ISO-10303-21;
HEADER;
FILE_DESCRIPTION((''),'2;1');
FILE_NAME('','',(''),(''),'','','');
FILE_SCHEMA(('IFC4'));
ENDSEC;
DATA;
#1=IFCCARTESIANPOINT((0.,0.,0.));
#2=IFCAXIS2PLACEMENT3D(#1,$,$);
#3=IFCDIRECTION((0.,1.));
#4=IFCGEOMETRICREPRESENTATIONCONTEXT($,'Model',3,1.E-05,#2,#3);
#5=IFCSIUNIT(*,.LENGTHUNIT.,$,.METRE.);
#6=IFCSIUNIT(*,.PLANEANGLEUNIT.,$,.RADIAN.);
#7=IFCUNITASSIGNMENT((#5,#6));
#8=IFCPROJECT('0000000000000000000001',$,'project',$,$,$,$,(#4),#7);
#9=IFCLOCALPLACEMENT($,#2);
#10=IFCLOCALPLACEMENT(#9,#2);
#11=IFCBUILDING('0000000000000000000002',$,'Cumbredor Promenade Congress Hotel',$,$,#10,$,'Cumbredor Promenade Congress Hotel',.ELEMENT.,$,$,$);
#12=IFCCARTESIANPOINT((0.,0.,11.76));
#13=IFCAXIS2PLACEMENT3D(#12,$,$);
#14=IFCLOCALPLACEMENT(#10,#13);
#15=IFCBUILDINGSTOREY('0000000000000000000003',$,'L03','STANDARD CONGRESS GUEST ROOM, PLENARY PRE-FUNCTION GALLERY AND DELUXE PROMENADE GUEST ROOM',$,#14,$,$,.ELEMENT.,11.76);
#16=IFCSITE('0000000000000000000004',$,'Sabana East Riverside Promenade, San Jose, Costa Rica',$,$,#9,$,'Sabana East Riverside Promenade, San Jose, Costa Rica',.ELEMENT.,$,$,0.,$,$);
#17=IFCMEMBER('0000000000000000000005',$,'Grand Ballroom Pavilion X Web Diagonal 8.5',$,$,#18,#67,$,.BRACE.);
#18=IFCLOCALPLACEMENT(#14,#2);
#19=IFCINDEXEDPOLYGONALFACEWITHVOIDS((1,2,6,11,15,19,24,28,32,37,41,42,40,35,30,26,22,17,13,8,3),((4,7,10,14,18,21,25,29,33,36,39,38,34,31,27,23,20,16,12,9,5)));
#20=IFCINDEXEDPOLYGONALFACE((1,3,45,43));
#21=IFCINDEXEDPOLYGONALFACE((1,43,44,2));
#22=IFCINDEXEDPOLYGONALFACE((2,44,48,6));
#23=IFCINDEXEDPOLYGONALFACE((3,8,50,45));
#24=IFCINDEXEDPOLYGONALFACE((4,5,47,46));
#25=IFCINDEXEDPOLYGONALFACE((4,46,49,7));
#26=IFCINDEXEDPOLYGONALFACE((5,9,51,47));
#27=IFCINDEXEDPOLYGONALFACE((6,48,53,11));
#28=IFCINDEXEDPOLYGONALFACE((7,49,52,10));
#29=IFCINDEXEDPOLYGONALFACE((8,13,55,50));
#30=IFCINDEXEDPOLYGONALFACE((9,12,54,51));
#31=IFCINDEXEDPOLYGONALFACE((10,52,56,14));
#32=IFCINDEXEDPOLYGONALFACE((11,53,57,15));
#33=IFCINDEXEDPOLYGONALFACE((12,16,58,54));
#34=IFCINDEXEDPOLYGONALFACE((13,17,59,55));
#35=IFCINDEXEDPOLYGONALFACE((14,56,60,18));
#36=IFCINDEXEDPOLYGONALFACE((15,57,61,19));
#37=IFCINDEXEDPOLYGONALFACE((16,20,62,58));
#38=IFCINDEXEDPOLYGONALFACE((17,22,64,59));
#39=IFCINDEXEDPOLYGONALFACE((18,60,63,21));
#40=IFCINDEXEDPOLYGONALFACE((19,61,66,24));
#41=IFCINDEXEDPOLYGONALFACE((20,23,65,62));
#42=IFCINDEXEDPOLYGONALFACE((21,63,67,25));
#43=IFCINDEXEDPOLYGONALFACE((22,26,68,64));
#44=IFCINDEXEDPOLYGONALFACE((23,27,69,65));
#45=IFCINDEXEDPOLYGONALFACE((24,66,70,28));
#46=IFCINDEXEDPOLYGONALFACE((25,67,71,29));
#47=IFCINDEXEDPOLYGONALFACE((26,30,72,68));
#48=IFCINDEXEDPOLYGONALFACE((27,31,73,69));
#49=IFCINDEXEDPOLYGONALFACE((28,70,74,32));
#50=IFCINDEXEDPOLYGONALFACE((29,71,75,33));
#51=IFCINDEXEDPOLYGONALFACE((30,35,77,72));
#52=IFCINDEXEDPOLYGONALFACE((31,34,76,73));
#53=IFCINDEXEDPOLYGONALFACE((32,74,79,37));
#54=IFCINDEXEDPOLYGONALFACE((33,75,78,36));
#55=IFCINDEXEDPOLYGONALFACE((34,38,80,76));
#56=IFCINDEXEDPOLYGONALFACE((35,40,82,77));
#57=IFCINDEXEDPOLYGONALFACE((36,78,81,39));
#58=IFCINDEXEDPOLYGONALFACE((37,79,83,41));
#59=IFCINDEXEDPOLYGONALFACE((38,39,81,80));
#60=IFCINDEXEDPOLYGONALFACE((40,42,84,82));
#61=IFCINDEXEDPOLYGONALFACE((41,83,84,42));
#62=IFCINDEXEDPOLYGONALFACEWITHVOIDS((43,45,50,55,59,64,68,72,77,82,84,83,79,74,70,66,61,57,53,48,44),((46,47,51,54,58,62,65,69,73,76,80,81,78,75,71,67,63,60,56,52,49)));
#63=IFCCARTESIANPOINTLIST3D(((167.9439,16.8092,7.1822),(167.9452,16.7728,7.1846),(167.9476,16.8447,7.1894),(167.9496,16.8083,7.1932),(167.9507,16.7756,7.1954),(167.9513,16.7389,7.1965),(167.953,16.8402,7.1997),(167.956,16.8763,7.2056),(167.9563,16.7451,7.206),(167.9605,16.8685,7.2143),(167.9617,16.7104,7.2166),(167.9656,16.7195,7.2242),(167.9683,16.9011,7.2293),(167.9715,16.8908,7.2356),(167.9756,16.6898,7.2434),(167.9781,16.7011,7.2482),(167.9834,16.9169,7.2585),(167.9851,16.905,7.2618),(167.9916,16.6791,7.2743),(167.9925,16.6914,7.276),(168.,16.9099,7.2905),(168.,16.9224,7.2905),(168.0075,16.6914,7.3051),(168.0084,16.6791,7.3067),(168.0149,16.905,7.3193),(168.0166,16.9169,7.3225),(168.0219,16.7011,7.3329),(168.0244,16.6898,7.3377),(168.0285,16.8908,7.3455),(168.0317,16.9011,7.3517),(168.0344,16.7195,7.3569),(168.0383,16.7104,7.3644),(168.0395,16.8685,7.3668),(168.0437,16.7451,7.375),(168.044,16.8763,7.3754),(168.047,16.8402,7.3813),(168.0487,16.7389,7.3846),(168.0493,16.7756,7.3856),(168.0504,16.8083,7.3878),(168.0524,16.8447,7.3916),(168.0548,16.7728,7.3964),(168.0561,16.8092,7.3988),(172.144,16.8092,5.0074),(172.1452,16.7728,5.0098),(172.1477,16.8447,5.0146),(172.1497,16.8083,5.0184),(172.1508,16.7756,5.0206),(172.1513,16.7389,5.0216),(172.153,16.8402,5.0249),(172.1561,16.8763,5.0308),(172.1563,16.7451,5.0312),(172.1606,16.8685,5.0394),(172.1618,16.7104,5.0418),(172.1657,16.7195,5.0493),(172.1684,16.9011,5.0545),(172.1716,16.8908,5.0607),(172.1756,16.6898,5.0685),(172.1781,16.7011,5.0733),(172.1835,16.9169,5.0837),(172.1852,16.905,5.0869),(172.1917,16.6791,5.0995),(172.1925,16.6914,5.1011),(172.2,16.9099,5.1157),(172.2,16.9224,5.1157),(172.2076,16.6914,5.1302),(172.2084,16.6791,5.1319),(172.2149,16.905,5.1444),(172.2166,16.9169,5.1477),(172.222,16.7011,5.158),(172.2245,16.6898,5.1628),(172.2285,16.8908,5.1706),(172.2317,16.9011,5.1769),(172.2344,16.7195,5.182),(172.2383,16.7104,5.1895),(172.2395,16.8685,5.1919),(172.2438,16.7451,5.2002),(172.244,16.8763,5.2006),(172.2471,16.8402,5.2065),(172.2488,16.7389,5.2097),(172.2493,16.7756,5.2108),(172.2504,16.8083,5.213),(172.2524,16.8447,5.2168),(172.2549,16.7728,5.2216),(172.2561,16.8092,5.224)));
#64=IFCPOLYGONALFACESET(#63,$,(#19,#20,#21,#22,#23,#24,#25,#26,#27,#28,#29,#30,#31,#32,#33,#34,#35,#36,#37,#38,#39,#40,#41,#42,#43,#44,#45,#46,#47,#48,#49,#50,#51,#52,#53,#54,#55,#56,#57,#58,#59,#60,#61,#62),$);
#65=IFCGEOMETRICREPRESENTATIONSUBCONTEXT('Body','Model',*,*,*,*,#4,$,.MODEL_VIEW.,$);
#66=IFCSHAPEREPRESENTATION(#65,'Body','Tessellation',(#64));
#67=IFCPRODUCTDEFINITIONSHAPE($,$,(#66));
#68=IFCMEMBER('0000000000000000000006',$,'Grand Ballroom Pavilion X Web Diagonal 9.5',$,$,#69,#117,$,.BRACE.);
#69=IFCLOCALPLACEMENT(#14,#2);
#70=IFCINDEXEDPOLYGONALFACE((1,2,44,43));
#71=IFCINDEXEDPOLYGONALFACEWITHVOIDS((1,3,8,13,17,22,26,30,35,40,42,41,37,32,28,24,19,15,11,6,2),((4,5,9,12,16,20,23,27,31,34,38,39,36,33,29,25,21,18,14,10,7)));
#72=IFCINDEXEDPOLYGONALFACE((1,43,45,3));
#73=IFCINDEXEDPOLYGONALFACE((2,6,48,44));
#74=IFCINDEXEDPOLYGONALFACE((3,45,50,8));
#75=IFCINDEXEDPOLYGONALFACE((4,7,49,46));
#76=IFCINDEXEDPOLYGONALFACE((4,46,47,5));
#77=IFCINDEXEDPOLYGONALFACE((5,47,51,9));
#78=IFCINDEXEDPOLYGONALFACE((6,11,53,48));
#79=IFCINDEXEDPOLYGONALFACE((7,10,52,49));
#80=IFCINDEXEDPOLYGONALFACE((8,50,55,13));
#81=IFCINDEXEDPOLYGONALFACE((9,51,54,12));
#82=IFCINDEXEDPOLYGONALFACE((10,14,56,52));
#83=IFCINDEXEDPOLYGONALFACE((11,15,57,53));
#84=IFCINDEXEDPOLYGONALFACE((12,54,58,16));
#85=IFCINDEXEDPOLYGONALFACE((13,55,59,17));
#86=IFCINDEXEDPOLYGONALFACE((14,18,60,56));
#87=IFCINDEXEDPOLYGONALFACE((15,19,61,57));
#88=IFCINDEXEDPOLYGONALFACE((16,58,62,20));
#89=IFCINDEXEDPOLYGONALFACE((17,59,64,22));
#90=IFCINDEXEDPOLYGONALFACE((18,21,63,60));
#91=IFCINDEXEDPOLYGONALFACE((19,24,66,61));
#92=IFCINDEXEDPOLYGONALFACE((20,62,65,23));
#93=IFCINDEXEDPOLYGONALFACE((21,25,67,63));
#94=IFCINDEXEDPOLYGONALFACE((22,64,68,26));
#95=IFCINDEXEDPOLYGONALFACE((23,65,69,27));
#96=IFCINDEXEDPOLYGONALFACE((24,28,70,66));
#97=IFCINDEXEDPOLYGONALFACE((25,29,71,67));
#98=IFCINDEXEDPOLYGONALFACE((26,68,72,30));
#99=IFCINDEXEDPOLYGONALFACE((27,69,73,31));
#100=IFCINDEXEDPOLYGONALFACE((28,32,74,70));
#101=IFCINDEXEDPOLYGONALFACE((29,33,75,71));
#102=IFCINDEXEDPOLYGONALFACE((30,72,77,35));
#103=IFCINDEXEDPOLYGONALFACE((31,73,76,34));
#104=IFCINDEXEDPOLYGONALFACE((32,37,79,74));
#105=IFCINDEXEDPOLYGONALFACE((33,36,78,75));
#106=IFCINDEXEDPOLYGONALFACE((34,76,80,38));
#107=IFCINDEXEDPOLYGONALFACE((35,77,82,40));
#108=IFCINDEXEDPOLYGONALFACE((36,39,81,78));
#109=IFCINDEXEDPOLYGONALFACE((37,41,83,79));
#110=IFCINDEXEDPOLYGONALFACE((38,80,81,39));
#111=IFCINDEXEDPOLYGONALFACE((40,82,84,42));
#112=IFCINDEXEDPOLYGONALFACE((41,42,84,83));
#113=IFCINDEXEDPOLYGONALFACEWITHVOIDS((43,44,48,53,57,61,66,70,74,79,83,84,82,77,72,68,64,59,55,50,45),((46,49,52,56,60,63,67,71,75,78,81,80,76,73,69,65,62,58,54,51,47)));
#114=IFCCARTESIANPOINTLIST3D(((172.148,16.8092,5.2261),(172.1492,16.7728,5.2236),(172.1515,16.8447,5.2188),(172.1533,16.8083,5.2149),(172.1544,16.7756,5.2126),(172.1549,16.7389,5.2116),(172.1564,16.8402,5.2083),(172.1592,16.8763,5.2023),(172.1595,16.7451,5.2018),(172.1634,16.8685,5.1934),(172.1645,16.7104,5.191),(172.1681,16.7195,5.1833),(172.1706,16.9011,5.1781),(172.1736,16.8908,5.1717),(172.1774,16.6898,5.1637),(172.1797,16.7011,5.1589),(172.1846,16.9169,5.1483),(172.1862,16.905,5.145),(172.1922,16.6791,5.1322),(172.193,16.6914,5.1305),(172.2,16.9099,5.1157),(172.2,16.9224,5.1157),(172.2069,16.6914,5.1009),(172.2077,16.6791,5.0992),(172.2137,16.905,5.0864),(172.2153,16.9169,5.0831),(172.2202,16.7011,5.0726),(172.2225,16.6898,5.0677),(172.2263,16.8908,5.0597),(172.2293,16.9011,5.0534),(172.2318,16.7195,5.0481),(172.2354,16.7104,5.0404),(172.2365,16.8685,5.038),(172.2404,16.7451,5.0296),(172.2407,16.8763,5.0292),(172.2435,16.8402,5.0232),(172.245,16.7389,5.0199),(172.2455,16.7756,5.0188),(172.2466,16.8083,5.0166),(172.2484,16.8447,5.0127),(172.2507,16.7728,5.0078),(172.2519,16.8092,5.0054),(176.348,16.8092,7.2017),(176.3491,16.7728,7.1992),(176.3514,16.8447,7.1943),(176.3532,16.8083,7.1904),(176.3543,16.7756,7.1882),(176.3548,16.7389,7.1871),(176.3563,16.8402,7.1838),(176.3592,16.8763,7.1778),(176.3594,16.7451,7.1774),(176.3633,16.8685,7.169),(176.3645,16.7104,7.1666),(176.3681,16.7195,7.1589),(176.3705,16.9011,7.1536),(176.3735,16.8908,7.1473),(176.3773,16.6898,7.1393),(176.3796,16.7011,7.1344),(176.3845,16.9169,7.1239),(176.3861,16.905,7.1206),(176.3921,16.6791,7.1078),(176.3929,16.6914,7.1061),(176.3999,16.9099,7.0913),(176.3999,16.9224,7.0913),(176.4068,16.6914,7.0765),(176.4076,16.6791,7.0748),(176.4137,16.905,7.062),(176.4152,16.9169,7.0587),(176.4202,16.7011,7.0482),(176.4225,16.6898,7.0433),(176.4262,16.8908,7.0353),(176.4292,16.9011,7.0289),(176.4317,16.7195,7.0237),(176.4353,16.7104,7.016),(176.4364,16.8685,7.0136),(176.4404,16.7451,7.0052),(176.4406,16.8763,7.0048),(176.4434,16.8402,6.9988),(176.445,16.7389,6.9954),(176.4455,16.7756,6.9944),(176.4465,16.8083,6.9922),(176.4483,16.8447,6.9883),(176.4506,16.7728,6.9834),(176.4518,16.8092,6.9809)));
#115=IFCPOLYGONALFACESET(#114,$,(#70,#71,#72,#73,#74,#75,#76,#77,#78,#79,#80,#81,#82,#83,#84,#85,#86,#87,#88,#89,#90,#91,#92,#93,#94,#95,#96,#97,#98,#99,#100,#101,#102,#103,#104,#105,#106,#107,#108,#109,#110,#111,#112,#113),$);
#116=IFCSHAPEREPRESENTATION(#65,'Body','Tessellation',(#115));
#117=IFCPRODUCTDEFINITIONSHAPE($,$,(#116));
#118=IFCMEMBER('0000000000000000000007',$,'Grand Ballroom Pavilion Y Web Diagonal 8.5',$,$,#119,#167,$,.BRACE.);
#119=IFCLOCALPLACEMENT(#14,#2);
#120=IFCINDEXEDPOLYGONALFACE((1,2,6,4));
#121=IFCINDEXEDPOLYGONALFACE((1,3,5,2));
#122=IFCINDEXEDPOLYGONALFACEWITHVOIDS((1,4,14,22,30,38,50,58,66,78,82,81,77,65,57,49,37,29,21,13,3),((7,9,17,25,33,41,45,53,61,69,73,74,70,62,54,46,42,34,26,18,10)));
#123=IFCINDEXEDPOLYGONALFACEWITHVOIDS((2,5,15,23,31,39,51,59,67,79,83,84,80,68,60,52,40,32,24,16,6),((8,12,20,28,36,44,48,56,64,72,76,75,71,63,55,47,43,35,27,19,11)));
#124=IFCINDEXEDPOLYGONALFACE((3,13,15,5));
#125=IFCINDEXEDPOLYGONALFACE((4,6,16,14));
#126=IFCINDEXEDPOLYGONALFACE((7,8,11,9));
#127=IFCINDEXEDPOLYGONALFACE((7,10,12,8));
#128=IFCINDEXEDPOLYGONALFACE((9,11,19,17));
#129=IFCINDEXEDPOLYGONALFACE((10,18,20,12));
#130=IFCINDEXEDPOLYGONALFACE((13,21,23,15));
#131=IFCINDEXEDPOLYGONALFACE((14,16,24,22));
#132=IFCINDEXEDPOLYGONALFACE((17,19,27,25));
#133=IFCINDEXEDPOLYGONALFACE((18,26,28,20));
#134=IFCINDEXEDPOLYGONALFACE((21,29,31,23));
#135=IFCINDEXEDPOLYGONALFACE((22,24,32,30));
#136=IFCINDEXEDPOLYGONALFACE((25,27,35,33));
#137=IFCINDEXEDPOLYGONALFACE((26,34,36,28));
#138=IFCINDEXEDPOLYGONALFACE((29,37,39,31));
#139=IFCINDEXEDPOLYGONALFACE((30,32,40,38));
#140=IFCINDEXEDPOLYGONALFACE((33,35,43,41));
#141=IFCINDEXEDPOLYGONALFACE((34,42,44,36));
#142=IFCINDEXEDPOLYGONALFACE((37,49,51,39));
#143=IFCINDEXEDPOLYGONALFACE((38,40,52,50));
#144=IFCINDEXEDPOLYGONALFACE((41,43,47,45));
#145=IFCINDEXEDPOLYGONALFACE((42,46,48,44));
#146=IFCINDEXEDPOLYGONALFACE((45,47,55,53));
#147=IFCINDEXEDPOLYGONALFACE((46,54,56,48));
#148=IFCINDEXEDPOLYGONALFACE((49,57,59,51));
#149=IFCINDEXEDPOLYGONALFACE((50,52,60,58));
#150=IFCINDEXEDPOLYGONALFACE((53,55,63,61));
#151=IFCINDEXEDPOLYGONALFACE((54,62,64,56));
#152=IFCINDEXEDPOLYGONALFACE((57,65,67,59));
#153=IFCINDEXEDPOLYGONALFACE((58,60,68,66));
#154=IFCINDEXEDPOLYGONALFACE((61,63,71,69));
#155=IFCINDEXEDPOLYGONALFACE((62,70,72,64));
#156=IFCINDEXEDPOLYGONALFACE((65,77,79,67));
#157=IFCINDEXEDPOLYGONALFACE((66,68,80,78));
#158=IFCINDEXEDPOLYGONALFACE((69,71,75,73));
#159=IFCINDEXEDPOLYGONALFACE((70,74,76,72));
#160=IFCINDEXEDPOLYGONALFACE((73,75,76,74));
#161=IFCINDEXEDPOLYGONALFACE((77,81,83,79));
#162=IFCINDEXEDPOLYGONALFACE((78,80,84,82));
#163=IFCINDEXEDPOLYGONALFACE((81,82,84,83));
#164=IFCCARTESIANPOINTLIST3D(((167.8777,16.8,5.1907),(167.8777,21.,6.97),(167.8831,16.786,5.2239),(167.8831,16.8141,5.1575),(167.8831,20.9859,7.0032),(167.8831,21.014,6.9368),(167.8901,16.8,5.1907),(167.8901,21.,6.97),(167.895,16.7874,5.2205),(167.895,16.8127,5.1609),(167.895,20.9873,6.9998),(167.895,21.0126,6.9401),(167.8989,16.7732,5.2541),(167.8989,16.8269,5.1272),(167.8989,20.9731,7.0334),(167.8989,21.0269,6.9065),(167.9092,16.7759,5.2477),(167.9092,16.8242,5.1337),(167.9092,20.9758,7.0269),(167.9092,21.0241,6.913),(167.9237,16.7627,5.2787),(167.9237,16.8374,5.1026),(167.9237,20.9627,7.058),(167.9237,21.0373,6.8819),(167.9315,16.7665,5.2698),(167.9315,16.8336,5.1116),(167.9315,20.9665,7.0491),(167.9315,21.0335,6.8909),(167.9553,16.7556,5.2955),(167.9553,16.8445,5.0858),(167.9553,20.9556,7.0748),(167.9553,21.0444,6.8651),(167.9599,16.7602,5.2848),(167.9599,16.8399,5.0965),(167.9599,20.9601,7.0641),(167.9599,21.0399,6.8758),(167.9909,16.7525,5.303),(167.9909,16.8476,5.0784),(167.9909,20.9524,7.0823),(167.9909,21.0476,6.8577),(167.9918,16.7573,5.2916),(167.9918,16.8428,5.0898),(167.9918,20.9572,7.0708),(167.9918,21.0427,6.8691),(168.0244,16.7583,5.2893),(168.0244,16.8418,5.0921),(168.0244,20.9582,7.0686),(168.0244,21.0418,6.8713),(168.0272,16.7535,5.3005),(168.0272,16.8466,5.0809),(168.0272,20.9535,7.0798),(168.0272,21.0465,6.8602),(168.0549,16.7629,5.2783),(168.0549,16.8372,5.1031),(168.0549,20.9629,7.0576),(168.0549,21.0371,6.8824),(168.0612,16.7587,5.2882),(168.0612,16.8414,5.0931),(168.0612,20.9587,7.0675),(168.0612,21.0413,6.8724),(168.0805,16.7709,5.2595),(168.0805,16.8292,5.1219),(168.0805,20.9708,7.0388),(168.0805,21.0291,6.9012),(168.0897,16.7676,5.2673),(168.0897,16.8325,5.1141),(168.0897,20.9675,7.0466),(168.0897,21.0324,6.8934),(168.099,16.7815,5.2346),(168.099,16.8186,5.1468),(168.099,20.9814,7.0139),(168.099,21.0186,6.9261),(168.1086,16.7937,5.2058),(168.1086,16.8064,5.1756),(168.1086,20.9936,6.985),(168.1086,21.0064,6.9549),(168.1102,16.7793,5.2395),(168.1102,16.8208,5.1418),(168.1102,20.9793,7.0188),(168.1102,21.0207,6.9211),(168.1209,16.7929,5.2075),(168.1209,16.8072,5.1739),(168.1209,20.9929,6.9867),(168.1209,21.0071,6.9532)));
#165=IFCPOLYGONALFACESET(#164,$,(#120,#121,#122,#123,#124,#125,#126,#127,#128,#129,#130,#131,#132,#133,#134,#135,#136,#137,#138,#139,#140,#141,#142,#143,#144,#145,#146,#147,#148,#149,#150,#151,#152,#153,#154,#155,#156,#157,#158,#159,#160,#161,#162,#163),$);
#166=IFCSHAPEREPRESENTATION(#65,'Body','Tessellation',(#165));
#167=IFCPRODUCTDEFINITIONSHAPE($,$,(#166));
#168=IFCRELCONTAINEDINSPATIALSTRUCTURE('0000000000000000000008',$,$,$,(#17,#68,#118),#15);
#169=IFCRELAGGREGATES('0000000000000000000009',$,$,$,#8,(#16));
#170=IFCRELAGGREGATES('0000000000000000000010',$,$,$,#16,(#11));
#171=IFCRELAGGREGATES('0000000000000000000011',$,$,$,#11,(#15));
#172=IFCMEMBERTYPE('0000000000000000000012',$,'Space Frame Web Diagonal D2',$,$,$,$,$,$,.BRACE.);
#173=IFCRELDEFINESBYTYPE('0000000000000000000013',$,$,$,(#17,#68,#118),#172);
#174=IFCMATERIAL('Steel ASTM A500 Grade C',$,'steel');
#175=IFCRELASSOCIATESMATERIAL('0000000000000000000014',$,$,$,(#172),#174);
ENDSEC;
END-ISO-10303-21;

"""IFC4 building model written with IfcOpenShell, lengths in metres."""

from ifc_helpers import new_model, si_unit, direction, frame, origin, origin_2d, place, context, subcontext, project, spatial, hollow_circle, extrude, material, material_profile, profile_set, type_object, element, save


model = new_model("IFC4")

# Units and contexts
model_context = context("Model", 3, precision=1e-05, world=origin(), true_north=direction((0.0, 1.0)))
body_context = subcontext(model_context, "Body", "Model", "MODEL_VIEW")
ifc_project = project(units=[si_unit("LENGTHUNIT", "METRE"), si_unit("PLANEANGLEUNIT", "RADIAN")], contexts=[model_context])

# Site, building, storey
site_placement = place(None, origin())
site = spatial("IfcSite", under=ifc_project, at=site_placement, Name="Sabana East Riverside Promenade, San Jose, Costa Rica", LongName="Sabana East Riverside Promenade, San Jose, Costa Rica", CompositionType="ELEMENT", RefElevation=0.0)
building_placement = place(site_placement, origin())
building = spatial("IfcBuilding", under=site, at=building_placement, Name="Cumbredor Promenade Congress Hotel", LongName="Cumbredor Promenade Congress Hotel", CompositionType="ELEMENT")
storey_placement = place(building_placement, frame((0.0, 0.0, 11.76)))
storey = spatial("IfcBuildingStorey", under=building, at=storey_placement, Name="L03", Description="STANDARD CONGRESS GUEST ROOM, PLENARY PRE-FUNCTION GALLERY AND DELUXE PROMENADE GUEST ROOM", CompositionType="ELEMENT", Elevation=11.76)

# Shared definitions
ifc_material_1 = material(Name="Steel ASTM A500 Grade C", Category="steel")

# Members
ifc_material_profile_1 = material_profile(ifc_material_1, hollow_circle(Radius=0.1223, WallThickness=0.0125, at=origin_2d()), Name="CHS 244.5x12.5")
ifc_profile_set_1 = profile_set([ifc_material_profile_1], Name="Steel ASTM A500 Grade C")
member_type_1 = type_object("IfcMemberType", Name="Space Frame Web Diagonal D2", PredefinedType="BRACE", material=ifc_profile_set_1)
member_1_placement = place(storey_placement, frame((168.0, 16.8, 7.2905), z_axis=(0.888009, 0.0, -0.459826), x_axis=(0.0, 1.0, 0.0)))
element("IfcMember", 1, at=member_1_placement, inside=storey, type_object=member_type_1, Name="Grand Ballroom Pavilion X Web Diagonal 8.5", PredefinedType="BRACE", context=body_context, shape_type="SweptSolid", body=[
    extrude(hollow_circle(Radius=0.1223, WallThickness=0.0125, at=origin_2d()), origin(), (0.0, 0.0, 1.0), 4.7297),
])
member_2_placement = place(storey_placement, frame((172.2, 16.8, 5.1157), z_axis=(0.90489, 0.0, 0.425645), x_axis=(0.0, 1.0, 0.0)))
element("IfcMember", 2, at=member_2_placement, inside=storey, type_object=member_type_1, Name="Grand Ballroom Pavilion X Web Diagonal 9.5", PredefinedType="BRACE", context=body_context, shape_type="SweptSolid", body=[
    extrude(hollow_circle(Radius=0.1223, WallThickness=0.0125, at=origin_2d()), origin(), (0.0, 0.0, 1.0), 4.6414),
])
member_3_placement = place(storey_placement, frame((168.0, 16.8, 5.1907), z_axis=(0.0, 0.920779, 0.390085), x_axis=(-1.0, 0.0, 0.0)))
element("IfcMember", 3, at=member_3_placement, inside=storey, type_object=member_type_1, Name="Grand Ballroom Pavilion Y Web Diagonal 8.5", PredefinedType="BRACE", context=body_context, shape_type="SweptSolid", body=[
    extrude(hollow_circle(Radius=0.1223, WallThickness=0.0125, at=origin_2d()), origin(), (0.0, 0.0, 1.0), 4.5613),
])

save(model, "model.ifc")
